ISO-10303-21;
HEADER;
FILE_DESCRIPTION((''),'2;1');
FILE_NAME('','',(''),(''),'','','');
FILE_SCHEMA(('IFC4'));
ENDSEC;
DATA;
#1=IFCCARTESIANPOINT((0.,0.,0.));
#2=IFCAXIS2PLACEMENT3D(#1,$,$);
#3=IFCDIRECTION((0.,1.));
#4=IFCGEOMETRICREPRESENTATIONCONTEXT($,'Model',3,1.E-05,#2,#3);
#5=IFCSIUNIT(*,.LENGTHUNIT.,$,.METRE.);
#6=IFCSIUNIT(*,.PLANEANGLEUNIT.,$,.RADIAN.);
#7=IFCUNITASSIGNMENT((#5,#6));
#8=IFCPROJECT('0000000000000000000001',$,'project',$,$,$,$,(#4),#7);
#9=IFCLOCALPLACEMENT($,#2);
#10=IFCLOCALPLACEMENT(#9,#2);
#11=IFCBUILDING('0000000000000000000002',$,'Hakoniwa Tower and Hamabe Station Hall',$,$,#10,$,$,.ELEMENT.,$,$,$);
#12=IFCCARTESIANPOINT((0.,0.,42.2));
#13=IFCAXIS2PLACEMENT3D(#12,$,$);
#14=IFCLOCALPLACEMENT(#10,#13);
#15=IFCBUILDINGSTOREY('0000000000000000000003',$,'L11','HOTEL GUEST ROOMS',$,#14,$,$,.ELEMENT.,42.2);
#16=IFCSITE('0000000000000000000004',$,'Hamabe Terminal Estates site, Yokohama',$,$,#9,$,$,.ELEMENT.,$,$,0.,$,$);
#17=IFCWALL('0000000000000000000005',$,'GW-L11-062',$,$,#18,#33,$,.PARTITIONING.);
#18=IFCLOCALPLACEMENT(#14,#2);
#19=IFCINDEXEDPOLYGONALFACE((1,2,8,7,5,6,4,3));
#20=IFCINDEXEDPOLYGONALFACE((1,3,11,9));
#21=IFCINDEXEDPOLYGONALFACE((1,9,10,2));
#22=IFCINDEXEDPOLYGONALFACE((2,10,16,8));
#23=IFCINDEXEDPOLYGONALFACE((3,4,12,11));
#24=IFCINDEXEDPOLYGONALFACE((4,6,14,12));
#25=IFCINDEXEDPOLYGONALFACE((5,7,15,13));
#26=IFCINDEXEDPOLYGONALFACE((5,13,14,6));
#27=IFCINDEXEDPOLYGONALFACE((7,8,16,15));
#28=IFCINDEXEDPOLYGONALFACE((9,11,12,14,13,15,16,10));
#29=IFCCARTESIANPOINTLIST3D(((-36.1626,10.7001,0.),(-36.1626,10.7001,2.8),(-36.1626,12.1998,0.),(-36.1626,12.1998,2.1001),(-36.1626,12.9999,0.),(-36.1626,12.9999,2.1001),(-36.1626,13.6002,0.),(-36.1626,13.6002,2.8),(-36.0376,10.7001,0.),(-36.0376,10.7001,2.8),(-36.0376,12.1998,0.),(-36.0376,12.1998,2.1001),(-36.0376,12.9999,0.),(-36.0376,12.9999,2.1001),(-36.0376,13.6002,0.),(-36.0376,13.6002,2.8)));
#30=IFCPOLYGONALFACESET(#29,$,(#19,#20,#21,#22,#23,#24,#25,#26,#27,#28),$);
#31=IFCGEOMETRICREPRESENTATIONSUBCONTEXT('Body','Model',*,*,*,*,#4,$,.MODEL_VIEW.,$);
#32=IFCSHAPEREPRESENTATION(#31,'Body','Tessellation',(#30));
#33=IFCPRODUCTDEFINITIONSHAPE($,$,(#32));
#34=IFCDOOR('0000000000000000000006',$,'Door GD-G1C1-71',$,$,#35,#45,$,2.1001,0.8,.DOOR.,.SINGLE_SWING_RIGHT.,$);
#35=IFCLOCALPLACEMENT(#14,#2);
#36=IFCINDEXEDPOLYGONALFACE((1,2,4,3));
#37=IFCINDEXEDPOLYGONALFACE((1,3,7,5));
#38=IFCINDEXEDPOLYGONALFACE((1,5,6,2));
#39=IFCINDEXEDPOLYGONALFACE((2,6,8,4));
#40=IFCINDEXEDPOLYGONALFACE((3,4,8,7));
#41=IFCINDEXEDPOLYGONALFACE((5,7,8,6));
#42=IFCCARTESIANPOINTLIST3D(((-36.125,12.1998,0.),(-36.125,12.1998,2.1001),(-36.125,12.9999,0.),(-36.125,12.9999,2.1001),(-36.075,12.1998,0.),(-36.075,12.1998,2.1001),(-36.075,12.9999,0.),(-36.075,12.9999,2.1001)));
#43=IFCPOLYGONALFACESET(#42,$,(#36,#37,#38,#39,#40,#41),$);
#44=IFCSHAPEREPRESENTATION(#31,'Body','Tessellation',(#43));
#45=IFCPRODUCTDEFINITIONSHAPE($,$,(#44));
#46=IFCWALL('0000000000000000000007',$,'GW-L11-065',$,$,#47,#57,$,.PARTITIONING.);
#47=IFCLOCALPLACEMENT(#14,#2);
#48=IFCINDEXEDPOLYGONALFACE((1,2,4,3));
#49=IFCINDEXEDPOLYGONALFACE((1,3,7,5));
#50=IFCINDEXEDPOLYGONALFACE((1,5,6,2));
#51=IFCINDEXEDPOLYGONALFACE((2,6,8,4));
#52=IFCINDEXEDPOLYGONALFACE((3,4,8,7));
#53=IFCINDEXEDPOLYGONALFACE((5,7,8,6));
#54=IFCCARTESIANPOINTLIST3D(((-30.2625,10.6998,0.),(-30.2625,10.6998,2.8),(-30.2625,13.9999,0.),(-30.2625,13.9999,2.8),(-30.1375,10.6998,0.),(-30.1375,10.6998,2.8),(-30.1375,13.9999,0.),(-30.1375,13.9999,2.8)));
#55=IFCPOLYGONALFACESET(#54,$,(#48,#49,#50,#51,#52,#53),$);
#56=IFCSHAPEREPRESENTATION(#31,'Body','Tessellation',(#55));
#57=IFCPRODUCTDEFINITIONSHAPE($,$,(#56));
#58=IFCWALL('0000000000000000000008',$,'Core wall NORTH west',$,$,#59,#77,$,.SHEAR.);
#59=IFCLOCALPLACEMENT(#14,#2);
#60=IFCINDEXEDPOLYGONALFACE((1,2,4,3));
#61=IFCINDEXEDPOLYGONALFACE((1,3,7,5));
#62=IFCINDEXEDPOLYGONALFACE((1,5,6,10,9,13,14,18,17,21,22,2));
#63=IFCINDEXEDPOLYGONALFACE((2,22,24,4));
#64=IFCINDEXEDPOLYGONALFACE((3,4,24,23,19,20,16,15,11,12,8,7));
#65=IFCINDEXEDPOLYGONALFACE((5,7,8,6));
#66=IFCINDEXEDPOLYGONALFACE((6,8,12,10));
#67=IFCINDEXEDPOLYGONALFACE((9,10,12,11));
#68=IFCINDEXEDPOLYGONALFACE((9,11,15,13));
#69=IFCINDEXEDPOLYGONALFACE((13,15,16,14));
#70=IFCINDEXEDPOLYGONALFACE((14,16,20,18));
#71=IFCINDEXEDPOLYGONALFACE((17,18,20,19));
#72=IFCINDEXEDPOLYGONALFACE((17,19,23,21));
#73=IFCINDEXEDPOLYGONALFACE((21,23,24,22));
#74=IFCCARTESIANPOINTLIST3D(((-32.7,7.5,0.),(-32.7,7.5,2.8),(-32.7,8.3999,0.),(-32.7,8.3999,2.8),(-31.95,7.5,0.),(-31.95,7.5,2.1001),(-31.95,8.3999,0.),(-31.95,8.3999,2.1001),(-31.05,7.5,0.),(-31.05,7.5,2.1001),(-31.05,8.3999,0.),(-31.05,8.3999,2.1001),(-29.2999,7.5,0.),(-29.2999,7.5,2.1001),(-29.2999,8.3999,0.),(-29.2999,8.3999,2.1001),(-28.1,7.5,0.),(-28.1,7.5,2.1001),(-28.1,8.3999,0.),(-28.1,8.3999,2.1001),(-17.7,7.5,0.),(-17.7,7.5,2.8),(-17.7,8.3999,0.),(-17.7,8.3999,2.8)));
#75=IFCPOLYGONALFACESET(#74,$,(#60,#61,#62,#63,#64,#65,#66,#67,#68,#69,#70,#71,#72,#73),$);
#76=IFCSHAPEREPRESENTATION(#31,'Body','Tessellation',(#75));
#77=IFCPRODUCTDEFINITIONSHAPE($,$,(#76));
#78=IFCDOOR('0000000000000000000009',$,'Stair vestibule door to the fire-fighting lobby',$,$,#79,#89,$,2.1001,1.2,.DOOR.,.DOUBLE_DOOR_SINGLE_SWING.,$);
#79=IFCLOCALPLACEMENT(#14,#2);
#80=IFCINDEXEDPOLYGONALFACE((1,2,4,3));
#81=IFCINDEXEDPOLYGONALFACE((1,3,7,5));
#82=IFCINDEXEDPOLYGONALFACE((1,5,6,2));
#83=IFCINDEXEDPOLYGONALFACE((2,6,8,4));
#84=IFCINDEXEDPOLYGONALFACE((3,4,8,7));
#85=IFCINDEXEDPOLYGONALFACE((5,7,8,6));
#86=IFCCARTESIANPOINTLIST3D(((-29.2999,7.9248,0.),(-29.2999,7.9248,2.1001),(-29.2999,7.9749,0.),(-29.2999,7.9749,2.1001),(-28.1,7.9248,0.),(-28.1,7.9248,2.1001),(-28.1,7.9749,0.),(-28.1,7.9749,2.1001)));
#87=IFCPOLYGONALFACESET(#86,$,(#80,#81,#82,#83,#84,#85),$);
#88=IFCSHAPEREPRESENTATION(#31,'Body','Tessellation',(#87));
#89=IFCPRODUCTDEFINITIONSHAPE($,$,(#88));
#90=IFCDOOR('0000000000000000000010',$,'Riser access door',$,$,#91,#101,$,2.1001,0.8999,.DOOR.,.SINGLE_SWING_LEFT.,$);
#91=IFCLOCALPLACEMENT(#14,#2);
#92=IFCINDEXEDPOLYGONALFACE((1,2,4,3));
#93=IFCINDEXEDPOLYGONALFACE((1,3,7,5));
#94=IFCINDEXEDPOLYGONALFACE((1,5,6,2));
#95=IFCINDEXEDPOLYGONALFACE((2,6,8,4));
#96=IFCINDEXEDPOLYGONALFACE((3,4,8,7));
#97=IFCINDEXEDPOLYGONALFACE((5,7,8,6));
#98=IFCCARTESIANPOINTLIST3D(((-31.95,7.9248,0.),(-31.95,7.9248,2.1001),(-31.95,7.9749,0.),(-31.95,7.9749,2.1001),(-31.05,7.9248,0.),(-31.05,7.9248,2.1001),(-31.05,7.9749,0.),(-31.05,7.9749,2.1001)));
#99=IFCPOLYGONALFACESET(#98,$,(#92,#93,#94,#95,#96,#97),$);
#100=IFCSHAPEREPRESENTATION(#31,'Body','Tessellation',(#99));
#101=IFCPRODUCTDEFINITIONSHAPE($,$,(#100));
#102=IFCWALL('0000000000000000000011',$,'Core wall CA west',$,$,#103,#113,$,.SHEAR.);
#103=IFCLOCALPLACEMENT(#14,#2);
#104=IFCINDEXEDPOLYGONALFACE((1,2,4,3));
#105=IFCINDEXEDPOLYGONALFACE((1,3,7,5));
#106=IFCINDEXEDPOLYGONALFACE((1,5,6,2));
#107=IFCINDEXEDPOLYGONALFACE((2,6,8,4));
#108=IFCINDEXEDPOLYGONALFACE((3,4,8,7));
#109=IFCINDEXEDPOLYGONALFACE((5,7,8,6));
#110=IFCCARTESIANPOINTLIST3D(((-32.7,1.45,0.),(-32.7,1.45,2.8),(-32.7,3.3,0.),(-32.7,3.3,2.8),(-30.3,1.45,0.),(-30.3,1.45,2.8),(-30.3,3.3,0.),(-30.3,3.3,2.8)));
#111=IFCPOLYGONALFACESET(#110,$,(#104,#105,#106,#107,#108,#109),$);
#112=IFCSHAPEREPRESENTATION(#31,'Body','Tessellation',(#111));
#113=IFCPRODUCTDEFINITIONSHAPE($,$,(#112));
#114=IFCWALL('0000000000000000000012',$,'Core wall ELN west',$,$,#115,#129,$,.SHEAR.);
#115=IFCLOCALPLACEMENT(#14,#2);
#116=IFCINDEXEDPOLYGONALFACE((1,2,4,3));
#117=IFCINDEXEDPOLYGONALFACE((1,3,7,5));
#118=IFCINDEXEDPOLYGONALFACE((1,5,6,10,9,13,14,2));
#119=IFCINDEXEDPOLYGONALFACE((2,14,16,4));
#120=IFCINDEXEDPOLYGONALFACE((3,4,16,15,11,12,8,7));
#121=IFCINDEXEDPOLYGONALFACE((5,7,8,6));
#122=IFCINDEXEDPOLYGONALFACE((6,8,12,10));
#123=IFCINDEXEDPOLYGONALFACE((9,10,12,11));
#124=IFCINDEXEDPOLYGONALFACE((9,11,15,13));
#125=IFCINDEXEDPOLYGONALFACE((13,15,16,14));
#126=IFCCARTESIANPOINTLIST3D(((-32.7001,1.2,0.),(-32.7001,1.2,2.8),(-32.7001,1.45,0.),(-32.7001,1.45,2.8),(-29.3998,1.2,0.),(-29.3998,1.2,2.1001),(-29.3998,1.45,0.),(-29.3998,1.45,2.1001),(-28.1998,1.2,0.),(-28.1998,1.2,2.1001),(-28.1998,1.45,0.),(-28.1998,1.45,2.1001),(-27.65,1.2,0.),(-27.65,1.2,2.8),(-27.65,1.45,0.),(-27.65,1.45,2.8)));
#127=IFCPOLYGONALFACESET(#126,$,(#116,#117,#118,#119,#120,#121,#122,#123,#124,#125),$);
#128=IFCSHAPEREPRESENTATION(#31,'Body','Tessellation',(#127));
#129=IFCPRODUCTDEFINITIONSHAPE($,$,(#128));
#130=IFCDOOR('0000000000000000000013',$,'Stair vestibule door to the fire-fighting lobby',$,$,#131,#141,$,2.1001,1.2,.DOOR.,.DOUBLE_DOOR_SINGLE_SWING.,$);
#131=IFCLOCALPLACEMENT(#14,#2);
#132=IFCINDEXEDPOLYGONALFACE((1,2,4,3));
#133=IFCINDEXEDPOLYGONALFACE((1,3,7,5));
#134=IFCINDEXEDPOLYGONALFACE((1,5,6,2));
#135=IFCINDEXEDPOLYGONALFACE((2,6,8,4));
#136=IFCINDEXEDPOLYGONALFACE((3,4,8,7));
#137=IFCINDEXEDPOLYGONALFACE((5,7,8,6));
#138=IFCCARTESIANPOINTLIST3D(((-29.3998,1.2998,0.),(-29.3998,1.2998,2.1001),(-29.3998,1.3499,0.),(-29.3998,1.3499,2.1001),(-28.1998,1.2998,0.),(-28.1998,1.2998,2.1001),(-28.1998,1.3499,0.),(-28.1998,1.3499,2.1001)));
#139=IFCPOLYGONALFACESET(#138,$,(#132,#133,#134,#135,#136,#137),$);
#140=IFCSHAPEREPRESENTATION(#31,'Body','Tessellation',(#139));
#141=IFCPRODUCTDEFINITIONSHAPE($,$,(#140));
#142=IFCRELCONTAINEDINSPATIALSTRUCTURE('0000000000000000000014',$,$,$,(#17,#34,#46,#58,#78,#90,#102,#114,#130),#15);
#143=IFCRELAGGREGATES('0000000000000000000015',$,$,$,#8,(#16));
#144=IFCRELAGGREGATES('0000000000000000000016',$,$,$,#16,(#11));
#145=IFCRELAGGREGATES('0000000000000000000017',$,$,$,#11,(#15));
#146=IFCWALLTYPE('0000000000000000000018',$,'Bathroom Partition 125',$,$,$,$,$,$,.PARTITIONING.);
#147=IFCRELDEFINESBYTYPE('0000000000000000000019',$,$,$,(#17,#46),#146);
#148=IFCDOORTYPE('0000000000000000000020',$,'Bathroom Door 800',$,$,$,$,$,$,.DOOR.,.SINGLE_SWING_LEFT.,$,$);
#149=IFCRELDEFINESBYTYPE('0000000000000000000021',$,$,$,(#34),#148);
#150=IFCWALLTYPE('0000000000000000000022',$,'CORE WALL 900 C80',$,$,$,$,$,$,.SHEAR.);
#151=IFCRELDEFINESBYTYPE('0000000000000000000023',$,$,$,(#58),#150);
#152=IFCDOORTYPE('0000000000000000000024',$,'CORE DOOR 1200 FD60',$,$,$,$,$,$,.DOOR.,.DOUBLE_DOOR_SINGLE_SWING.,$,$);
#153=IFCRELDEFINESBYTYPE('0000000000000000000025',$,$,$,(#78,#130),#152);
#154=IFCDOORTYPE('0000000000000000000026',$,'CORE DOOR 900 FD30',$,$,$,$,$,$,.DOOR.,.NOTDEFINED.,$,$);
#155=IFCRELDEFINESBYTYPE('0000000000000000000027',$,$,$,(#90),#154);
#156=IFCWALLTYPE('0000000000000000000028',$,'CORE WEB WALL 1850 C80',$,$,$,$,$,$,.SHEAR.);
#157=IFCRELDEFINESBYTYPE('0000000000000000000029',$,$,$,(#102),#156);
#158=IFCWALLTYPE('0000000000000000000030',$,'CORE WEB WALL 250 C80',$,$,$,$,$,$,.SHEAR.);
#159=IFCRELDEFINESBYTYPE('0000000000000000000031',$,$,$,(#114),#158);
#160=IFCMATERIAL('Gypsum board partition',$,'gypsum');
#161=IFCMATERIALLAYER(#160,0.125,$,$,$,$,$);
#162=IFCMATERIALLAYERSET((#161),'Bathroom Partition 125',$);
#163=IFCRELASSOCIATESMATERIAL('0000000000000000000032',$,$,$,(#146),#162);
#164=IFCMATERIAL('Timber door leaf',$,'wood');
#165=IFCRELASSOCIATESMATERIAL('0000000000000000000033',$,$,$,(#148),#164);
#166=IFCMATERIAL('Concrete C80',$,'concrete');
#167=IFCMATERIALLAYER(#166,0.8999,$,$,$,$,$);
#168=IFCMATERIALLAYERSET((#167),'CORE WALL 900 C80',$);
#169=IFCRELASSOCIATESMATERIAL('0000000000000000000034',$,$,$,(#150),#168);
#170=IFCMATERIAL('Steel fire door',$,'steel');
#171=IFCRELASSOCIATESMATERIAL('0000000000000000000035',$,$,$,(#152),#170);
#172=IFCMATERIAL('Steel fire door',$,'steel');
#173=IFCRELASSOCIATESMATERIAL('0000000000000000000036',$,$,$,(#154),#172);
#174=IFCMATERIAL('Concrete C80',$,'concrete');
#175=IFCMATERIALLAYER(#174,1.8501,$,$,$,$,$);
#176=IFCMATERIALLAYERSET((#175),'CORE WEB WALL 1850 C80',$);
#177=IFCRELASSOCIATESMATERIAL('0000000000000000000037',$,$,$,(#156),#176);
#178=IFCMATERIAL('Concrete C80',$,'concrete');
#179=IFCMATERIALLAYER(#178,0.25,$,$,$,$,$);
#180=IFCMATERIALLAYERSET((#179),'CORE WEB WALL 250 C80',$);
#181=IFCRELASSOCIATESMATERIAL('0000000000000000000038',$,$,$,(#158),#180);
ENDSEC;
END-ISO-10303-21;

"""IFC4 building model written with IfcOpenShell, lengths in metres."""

from ifc_helpers import new_model, si_unit, direction, frame, frame_2d, origin, place, context, subcontext, project, spatial, rectangle, extrude, material, layer, layer_set, type_object, element, fill, save


model = new_model("IFC4")

# Units and contexts
model_context = context("Model", 3, precision=1e-05, world=origin(), true_north=direction((0.0, 1.0)))
body_context = subcontext(model_context, "Body", "Model", "MODEL_VIEW")
ifc_project = project(units=[si_unit("LENGTHUNIT", "METRE"), si_unit("PLANEANGLEUNIT", "RADIAN")], contexts=[model_context])

# Site, building, storey
site_placement = place(None, origin())
site = spatial("IfcSite", under=ifc_project, at=site_placement, Name="Hamabe Terminal Estates site, Yokohama", CompositionType="ELEMENT", RefElevation=0.0)
building_placement = place(site_placement, origin())
building = spatial("IfcBuilding", under=site, at=building_placement, Name="Hakoniwa Tower and Hamabe Station Hall", CompositionType="ELEMENT")
storey_placement = place(building_placement, frame((0.0, 0.0, 42.2)))
storey = spatial("IfcBuildingStorey", under=building, at=storey_placement, Name="L11", Description="HOTEL GUEST ROOMS", CompositionType="ELEMENT", Elevation=42.2)

# Shared definitions
ifc_material_1 = material(Name="Gypsum board partition", Category="gypsum")
ifc_layer_1 = layer(ifc_material_1, 0.125)
ifc_layer_set_1 = layer_set([ifc_layer_1], Name="Bathroom Partition 125")
wall_type_1 = type_object("IfcWallType", Name="Bathroom Partition 125", PredefinedType="PARTITIONING", material=ifc_layer_set_1)

# Wall, opening, door
ifc_material_2 = material(Name="Timber door leaf", Category="wood")
door_type_1 = type_object("IfcDoorType", Name="Bathroom Door 800", OperationType="SINGLE_SWING_LEFT", PredefinedType="DOOR", material=ifc_material_2)
wall_1_placement = place(storey_placement, frame((-36.1001, 10.7, 0.0), z_axis=(0.0, 0.0, 1.0), x_axis=(0.0, 1.0, 0.0)))
wall_1 = element("IfcWall", 1, at=wall_1_placement, inside=storey, type_object=wall_type_1, Name="GW-L11-062", PredefinedType="PARTITIONING", context=body_context, shape_type="SweptSolid", body=[
    extrude(rectangle(XDim=2.9001, YDim=0.125, at=frame_2d((1.4502, 0.0))), origin(), (0.0, 0.0, 1.0), 2.8),
])
opening_1_placement = place(wall_1_placement, frame((1.5, 0.0, 0.0)))
opening_1 = element("IfcOpeningElement", 2, at=opening_1_placement, cuts=wall_1, PredefinedType="OPENING", context=body_context, shape_type="SweptSolid", body=[
    extrude(rectangle(XDim=0.8, YDim=2.1001, at=frame_2d((0.3999, 1.05))), frame((0.0, 0.0725, 0.0), z_axis=(0.0, -1.0, 0.0), x_axis=(1.0, 0.0, 0.0)), (0.0, 0.0, 1.0), 0.145),
])
door_1_placement = place(opening_1_placement, origin())
door_1 = element("IfcDoor", 3, at=door_1_placement, inside=storey, type_object=door_type_1, Name="Door GD-G1C1-71", OperationType="SINGLE_SWING_RIGHT", OverallHeight=2.1001, OverallWidth=0.8, PredefinedType="DOOR", context=body_context, shape_type="SweptSolid", body=[
    extrude(rectangle(XDim=0.8, YDim=2.1001, at=frame_2d((0.3999, 1.05))), frame((0.0, 0.0249, 0.0), z_axis=(0.0, -1.0, 0.0), x_axis=(1.0, 0.0, 0.0)), (0.0, 0.0, 1.0), 0.05),
])
fill(opening_1, door_1)

# Wall
wall_2_placement = place(storey_placement, frame((-30.2, 10.7, 0.0), z_axis=(0.0, 0.0, 1.0), x_axis=(0.0, 1.0, 0.0)))
element("IfcWall", 4, at=wall_2_placement, inside=storey, type_object=wall_type_1, Name="GW-L11-065", PredefinedType="PARTITIONING", context=body_context, shape_type="SweptSolid", body=[
    extrude(rectangle(XDim=3.3, YDim=0.125, at=frame_2d((1.6499, 0.0))), origin(), (0.0, 0.0, 1.0), 2.8),
])

# Wall, openings, doors
ifc_material_3 = material(Name="Concrete C80", Category="concrete")
ifc_layer_2 = layer(ifc_material_3, 0.8999)
ifc_layer_set_2 = layer_set([ifc_layer_2], Name="CORE WALL 900 C80")
wall_type_2 = type_object("IfcWallType", Name="CORE WALL 900 C80", PredefinedType="SHEAR", material=ifc_layer_set_2)
wall_3_placement = place(storey_placement, frame((-32.7, 7.95, 0.0), z_axis=(0.0, 0.0, 1.0), x_axis=(1.0, 0.0, 0.0)))
wall_3 = element("IfcWall", 5, at=wall_3_placement, inside=storey, type_object=wall_type_2, Name="Core wall NORTH west", PredefinedType="SHEAR", context=body_context, shape_type="SweptSolid", body=[
    extrude(rectangle(XDim=15.0, YDim=0.8999, at=frame_2d((7.5, 0.0))), origin(), (0.0, 0.0, 1.0), 2.8),
])
opening_2_placement = place(wall_3_placement, frame((3.3999, 0.0, 0.0)))
opening_2 = element("IfcOpeningElement", 6, at=opening_2_placement, cuts=wall_3, PredefinedType="OPENING", context=body_context, shape_type="SweptSolid", body=[
    extrude(rectangle(XDim=1.2, YDim=2.1001, at=frame_2d((0.6001, 1.05))), frame((0.0, 0.46, 0.0), z_axis=(0.0, -1.0, 0.0), x_axis=(1.0, 0.0, 0.0)), (0.0, 0.0, 1.0), 0.9199),
])
opening_3_placement = place(wall_3_placement, frame((0.75, 0.0, 0.0)))
opening_3 = element("IfcOpeningElement", 7, at=opening_3_placement, cuts=wall_3, PredefinedType="OPENING", context=body_context, shape_type="SweptSolid", body=[
    extrude(rectangle(XDim=0.8999, YDim=2.1001, at=frame_2d((0.45, 1.05))), frame((0.0, 0.46, 0.0), z_axis=(0.0, -1.0, 0.0), x_axis=(1.0, 0.0, 0.0)), (0.0, 0.0, 1.0), 0.9199),
])
ifc_material_4 = material(Name="Steel fire door", Category="steel")
door_type_2 = type_object("IfcDoorType", Name="CORE DOOR 1200 FD60", OperationType="DOUBLE_DOOR_SINGLE_SWING", PredefinedType="DOOR", material=ifc_material_4)
door_2_placement = place(opening_2_placement, origin())
door_2 = element("IfcDoor", 8, at=door_2_placement, inside=storey, type_object=door_type_2, Name="Stair vestibule door to the fire-fighting lobby", OperationType="DOUBLE_DOOR_SINGLE_SWING", OverallHeight=2.1001, OverallWidth=1.2, PredefinedType="DOOR", context=body_context, shape_type="SweptSolid", body=[
    extrude(rectangle(XDim=1.2, YDim=2.1001, at=frame_2d((0.6001, 1.05))), frame((0.0, 0.0249, 0.0), z_axis=(0.0, -1.0, 0.0), x_axis=(1.0, 0.0, 0.0)), (0.0, 0.0, 1.0), 0.05),
])
fill(opening_2, door_2)
ifc_material_5 = material(Name="Steel fire door", Category="steel")
door_type_3 = type_object("IfcDoorType", Name="CORE DOOR 900 FD30", OperationType="NOTDEFINED", PredefinedType="DOOR", material=ifc_material_5)
door_3_placement = place(opening_3_placement, origin())
door_3 = element("IfcDoor", 9, at=door_3_placement, inside=storey, type_object=door_type_3, Name="Riser access door", OperationType="SINGLE_SWING_LEFT", OverallHeight=2.1001, OverallWidth=0.8999, PredefinedType="DOOR", context=body_context, shape_type="SweptSolid", body=[
    extrude(rectangle(XDim=0.8999, YDim=2.1001, at=frame_2d((0.45, 1.05))), frame((0.0, 0.0249, 0.0), z_axis=(0.0, -1.0, 0.0), x_axis=(1.0, 0.0, 0.0)), (0.0, 0.0, 1.0), 0.05),
])
fill(opening_3, door_3)

# Wall
ifc_material_6 = material(Name="Concrete C80", Category="concrete")
ifc_layer_3 = layer(ifc_material_6, 1.8501)
ifc_layer_set_3 = layer_set([ifc_layer_3], Name="CORE WEB WALL 1850 C80")
wall_type_3 = type_object("IfcWallType", Name="CORE WEB WALL 1850 C80", PredefinedType="SHEAR", material=ifc_layer_set_3)
wall_4_placement = place(storey_placement, frame((-32.7, 2.375, 0.0), z_axis=(0.0, 0.0, 1.0), x_axis=(1.0, 0.0, 0.0)))
element("IfcWall", 10, at=wall_4_placement, inside=storey, type_object=wall_type_3, Name="Core wall CA west", PredefinedType="SHEAR", context=body_context, shape_type="SweptSolid", body=[
    extrude(rectangle(XDim=2.3999, YDim=1.8501, at=frame_2d((1.2, 0.0))), origin(), (0.0, 0.0, 1.0), 2.8),
])

# Wall, opening, door
ifc_material_7 = material(Name="Concrete C80", Category="concrete")
ifc_layer_4 = layer(ifc_material_7, 0.25)
ifc_layer_set_4 = layer_set([ifc_layer_4], Name="CORE WEB WALL 250 C80")
wall_type_4 = type_object("IfcWallType", Name="CORE WEB WALL 250 C80", PredefinedType="SHEAR", material=ifc_layer_set_4)
wall_5_placement = place(storey_placement, frame((-32.7, 1.325, 0.0), z_axis=(0.0, 0.0, 1.0), x_axis=(1.0, 0.0, 0.0)))
wall_5 = element("IfcWall", 11, at=wall_5_placement, inside=storey, type_object=wall_type_4, Name="Core wall ELN west", PredefinedType="SHEAR", context=body_context, shape_type="SweptSolid", body=[
    extrude(rectangle(XDim=5.05, YDim=0.25, at=frame_2d((2.5249, 0.0))), origin(), (0.0, 0.0, 1.0), 2.8),
])
opening_4_placement = place(wall_5_placement, frame((3.3, 0.0, 0.0)))
opening_4 = element("IfcOpeningElement", 12, at=opening_4_placement, cuts=wall_5, PredefinedType="OPENING", context=body_context, shape_type="SweptSolid", body=[
    extrude(rectangle(XDim=1.2, YDim=2.1001, at=frame_2d((0.6001, 1.05))), frame((0.0, 0.135, 0.0), z_axis=(0.0, -1.0, 0.0), x_axis=(1.0, 0.0, 0.0)), (0.0, 0.0, 1.0), 0.27),
])
door_4_placement = place(opening_4_placement, origin())
door_4 = element("IfcDoor", 13, at=door_4_placement, inside=storey, type_object=door_type_2, Name="Stair vestibule door to the fire-fighting lobby", OperationType="DOUBLE_DOOR_SINGLE_SWING", OverallHeight=2.1001, OverallWidth=1.2, PredefinedType="DOOR", context=body_context, shape_type="SweptSolid", body=[
    extrude(rectangle(XDim=1.2, YDim=2.1001, at=frame_2d((0.6001, 1.05))), frame((0.0, 0.0249, 0.0), z_axis=(0.0, -1.0, 0.0), x_axis=(1.0, 0.0, 0.0)), (0.0, 0.0, 1.0), 0.05),
])
fill(opening_4, door_4)

save(model, "model.ifc")
